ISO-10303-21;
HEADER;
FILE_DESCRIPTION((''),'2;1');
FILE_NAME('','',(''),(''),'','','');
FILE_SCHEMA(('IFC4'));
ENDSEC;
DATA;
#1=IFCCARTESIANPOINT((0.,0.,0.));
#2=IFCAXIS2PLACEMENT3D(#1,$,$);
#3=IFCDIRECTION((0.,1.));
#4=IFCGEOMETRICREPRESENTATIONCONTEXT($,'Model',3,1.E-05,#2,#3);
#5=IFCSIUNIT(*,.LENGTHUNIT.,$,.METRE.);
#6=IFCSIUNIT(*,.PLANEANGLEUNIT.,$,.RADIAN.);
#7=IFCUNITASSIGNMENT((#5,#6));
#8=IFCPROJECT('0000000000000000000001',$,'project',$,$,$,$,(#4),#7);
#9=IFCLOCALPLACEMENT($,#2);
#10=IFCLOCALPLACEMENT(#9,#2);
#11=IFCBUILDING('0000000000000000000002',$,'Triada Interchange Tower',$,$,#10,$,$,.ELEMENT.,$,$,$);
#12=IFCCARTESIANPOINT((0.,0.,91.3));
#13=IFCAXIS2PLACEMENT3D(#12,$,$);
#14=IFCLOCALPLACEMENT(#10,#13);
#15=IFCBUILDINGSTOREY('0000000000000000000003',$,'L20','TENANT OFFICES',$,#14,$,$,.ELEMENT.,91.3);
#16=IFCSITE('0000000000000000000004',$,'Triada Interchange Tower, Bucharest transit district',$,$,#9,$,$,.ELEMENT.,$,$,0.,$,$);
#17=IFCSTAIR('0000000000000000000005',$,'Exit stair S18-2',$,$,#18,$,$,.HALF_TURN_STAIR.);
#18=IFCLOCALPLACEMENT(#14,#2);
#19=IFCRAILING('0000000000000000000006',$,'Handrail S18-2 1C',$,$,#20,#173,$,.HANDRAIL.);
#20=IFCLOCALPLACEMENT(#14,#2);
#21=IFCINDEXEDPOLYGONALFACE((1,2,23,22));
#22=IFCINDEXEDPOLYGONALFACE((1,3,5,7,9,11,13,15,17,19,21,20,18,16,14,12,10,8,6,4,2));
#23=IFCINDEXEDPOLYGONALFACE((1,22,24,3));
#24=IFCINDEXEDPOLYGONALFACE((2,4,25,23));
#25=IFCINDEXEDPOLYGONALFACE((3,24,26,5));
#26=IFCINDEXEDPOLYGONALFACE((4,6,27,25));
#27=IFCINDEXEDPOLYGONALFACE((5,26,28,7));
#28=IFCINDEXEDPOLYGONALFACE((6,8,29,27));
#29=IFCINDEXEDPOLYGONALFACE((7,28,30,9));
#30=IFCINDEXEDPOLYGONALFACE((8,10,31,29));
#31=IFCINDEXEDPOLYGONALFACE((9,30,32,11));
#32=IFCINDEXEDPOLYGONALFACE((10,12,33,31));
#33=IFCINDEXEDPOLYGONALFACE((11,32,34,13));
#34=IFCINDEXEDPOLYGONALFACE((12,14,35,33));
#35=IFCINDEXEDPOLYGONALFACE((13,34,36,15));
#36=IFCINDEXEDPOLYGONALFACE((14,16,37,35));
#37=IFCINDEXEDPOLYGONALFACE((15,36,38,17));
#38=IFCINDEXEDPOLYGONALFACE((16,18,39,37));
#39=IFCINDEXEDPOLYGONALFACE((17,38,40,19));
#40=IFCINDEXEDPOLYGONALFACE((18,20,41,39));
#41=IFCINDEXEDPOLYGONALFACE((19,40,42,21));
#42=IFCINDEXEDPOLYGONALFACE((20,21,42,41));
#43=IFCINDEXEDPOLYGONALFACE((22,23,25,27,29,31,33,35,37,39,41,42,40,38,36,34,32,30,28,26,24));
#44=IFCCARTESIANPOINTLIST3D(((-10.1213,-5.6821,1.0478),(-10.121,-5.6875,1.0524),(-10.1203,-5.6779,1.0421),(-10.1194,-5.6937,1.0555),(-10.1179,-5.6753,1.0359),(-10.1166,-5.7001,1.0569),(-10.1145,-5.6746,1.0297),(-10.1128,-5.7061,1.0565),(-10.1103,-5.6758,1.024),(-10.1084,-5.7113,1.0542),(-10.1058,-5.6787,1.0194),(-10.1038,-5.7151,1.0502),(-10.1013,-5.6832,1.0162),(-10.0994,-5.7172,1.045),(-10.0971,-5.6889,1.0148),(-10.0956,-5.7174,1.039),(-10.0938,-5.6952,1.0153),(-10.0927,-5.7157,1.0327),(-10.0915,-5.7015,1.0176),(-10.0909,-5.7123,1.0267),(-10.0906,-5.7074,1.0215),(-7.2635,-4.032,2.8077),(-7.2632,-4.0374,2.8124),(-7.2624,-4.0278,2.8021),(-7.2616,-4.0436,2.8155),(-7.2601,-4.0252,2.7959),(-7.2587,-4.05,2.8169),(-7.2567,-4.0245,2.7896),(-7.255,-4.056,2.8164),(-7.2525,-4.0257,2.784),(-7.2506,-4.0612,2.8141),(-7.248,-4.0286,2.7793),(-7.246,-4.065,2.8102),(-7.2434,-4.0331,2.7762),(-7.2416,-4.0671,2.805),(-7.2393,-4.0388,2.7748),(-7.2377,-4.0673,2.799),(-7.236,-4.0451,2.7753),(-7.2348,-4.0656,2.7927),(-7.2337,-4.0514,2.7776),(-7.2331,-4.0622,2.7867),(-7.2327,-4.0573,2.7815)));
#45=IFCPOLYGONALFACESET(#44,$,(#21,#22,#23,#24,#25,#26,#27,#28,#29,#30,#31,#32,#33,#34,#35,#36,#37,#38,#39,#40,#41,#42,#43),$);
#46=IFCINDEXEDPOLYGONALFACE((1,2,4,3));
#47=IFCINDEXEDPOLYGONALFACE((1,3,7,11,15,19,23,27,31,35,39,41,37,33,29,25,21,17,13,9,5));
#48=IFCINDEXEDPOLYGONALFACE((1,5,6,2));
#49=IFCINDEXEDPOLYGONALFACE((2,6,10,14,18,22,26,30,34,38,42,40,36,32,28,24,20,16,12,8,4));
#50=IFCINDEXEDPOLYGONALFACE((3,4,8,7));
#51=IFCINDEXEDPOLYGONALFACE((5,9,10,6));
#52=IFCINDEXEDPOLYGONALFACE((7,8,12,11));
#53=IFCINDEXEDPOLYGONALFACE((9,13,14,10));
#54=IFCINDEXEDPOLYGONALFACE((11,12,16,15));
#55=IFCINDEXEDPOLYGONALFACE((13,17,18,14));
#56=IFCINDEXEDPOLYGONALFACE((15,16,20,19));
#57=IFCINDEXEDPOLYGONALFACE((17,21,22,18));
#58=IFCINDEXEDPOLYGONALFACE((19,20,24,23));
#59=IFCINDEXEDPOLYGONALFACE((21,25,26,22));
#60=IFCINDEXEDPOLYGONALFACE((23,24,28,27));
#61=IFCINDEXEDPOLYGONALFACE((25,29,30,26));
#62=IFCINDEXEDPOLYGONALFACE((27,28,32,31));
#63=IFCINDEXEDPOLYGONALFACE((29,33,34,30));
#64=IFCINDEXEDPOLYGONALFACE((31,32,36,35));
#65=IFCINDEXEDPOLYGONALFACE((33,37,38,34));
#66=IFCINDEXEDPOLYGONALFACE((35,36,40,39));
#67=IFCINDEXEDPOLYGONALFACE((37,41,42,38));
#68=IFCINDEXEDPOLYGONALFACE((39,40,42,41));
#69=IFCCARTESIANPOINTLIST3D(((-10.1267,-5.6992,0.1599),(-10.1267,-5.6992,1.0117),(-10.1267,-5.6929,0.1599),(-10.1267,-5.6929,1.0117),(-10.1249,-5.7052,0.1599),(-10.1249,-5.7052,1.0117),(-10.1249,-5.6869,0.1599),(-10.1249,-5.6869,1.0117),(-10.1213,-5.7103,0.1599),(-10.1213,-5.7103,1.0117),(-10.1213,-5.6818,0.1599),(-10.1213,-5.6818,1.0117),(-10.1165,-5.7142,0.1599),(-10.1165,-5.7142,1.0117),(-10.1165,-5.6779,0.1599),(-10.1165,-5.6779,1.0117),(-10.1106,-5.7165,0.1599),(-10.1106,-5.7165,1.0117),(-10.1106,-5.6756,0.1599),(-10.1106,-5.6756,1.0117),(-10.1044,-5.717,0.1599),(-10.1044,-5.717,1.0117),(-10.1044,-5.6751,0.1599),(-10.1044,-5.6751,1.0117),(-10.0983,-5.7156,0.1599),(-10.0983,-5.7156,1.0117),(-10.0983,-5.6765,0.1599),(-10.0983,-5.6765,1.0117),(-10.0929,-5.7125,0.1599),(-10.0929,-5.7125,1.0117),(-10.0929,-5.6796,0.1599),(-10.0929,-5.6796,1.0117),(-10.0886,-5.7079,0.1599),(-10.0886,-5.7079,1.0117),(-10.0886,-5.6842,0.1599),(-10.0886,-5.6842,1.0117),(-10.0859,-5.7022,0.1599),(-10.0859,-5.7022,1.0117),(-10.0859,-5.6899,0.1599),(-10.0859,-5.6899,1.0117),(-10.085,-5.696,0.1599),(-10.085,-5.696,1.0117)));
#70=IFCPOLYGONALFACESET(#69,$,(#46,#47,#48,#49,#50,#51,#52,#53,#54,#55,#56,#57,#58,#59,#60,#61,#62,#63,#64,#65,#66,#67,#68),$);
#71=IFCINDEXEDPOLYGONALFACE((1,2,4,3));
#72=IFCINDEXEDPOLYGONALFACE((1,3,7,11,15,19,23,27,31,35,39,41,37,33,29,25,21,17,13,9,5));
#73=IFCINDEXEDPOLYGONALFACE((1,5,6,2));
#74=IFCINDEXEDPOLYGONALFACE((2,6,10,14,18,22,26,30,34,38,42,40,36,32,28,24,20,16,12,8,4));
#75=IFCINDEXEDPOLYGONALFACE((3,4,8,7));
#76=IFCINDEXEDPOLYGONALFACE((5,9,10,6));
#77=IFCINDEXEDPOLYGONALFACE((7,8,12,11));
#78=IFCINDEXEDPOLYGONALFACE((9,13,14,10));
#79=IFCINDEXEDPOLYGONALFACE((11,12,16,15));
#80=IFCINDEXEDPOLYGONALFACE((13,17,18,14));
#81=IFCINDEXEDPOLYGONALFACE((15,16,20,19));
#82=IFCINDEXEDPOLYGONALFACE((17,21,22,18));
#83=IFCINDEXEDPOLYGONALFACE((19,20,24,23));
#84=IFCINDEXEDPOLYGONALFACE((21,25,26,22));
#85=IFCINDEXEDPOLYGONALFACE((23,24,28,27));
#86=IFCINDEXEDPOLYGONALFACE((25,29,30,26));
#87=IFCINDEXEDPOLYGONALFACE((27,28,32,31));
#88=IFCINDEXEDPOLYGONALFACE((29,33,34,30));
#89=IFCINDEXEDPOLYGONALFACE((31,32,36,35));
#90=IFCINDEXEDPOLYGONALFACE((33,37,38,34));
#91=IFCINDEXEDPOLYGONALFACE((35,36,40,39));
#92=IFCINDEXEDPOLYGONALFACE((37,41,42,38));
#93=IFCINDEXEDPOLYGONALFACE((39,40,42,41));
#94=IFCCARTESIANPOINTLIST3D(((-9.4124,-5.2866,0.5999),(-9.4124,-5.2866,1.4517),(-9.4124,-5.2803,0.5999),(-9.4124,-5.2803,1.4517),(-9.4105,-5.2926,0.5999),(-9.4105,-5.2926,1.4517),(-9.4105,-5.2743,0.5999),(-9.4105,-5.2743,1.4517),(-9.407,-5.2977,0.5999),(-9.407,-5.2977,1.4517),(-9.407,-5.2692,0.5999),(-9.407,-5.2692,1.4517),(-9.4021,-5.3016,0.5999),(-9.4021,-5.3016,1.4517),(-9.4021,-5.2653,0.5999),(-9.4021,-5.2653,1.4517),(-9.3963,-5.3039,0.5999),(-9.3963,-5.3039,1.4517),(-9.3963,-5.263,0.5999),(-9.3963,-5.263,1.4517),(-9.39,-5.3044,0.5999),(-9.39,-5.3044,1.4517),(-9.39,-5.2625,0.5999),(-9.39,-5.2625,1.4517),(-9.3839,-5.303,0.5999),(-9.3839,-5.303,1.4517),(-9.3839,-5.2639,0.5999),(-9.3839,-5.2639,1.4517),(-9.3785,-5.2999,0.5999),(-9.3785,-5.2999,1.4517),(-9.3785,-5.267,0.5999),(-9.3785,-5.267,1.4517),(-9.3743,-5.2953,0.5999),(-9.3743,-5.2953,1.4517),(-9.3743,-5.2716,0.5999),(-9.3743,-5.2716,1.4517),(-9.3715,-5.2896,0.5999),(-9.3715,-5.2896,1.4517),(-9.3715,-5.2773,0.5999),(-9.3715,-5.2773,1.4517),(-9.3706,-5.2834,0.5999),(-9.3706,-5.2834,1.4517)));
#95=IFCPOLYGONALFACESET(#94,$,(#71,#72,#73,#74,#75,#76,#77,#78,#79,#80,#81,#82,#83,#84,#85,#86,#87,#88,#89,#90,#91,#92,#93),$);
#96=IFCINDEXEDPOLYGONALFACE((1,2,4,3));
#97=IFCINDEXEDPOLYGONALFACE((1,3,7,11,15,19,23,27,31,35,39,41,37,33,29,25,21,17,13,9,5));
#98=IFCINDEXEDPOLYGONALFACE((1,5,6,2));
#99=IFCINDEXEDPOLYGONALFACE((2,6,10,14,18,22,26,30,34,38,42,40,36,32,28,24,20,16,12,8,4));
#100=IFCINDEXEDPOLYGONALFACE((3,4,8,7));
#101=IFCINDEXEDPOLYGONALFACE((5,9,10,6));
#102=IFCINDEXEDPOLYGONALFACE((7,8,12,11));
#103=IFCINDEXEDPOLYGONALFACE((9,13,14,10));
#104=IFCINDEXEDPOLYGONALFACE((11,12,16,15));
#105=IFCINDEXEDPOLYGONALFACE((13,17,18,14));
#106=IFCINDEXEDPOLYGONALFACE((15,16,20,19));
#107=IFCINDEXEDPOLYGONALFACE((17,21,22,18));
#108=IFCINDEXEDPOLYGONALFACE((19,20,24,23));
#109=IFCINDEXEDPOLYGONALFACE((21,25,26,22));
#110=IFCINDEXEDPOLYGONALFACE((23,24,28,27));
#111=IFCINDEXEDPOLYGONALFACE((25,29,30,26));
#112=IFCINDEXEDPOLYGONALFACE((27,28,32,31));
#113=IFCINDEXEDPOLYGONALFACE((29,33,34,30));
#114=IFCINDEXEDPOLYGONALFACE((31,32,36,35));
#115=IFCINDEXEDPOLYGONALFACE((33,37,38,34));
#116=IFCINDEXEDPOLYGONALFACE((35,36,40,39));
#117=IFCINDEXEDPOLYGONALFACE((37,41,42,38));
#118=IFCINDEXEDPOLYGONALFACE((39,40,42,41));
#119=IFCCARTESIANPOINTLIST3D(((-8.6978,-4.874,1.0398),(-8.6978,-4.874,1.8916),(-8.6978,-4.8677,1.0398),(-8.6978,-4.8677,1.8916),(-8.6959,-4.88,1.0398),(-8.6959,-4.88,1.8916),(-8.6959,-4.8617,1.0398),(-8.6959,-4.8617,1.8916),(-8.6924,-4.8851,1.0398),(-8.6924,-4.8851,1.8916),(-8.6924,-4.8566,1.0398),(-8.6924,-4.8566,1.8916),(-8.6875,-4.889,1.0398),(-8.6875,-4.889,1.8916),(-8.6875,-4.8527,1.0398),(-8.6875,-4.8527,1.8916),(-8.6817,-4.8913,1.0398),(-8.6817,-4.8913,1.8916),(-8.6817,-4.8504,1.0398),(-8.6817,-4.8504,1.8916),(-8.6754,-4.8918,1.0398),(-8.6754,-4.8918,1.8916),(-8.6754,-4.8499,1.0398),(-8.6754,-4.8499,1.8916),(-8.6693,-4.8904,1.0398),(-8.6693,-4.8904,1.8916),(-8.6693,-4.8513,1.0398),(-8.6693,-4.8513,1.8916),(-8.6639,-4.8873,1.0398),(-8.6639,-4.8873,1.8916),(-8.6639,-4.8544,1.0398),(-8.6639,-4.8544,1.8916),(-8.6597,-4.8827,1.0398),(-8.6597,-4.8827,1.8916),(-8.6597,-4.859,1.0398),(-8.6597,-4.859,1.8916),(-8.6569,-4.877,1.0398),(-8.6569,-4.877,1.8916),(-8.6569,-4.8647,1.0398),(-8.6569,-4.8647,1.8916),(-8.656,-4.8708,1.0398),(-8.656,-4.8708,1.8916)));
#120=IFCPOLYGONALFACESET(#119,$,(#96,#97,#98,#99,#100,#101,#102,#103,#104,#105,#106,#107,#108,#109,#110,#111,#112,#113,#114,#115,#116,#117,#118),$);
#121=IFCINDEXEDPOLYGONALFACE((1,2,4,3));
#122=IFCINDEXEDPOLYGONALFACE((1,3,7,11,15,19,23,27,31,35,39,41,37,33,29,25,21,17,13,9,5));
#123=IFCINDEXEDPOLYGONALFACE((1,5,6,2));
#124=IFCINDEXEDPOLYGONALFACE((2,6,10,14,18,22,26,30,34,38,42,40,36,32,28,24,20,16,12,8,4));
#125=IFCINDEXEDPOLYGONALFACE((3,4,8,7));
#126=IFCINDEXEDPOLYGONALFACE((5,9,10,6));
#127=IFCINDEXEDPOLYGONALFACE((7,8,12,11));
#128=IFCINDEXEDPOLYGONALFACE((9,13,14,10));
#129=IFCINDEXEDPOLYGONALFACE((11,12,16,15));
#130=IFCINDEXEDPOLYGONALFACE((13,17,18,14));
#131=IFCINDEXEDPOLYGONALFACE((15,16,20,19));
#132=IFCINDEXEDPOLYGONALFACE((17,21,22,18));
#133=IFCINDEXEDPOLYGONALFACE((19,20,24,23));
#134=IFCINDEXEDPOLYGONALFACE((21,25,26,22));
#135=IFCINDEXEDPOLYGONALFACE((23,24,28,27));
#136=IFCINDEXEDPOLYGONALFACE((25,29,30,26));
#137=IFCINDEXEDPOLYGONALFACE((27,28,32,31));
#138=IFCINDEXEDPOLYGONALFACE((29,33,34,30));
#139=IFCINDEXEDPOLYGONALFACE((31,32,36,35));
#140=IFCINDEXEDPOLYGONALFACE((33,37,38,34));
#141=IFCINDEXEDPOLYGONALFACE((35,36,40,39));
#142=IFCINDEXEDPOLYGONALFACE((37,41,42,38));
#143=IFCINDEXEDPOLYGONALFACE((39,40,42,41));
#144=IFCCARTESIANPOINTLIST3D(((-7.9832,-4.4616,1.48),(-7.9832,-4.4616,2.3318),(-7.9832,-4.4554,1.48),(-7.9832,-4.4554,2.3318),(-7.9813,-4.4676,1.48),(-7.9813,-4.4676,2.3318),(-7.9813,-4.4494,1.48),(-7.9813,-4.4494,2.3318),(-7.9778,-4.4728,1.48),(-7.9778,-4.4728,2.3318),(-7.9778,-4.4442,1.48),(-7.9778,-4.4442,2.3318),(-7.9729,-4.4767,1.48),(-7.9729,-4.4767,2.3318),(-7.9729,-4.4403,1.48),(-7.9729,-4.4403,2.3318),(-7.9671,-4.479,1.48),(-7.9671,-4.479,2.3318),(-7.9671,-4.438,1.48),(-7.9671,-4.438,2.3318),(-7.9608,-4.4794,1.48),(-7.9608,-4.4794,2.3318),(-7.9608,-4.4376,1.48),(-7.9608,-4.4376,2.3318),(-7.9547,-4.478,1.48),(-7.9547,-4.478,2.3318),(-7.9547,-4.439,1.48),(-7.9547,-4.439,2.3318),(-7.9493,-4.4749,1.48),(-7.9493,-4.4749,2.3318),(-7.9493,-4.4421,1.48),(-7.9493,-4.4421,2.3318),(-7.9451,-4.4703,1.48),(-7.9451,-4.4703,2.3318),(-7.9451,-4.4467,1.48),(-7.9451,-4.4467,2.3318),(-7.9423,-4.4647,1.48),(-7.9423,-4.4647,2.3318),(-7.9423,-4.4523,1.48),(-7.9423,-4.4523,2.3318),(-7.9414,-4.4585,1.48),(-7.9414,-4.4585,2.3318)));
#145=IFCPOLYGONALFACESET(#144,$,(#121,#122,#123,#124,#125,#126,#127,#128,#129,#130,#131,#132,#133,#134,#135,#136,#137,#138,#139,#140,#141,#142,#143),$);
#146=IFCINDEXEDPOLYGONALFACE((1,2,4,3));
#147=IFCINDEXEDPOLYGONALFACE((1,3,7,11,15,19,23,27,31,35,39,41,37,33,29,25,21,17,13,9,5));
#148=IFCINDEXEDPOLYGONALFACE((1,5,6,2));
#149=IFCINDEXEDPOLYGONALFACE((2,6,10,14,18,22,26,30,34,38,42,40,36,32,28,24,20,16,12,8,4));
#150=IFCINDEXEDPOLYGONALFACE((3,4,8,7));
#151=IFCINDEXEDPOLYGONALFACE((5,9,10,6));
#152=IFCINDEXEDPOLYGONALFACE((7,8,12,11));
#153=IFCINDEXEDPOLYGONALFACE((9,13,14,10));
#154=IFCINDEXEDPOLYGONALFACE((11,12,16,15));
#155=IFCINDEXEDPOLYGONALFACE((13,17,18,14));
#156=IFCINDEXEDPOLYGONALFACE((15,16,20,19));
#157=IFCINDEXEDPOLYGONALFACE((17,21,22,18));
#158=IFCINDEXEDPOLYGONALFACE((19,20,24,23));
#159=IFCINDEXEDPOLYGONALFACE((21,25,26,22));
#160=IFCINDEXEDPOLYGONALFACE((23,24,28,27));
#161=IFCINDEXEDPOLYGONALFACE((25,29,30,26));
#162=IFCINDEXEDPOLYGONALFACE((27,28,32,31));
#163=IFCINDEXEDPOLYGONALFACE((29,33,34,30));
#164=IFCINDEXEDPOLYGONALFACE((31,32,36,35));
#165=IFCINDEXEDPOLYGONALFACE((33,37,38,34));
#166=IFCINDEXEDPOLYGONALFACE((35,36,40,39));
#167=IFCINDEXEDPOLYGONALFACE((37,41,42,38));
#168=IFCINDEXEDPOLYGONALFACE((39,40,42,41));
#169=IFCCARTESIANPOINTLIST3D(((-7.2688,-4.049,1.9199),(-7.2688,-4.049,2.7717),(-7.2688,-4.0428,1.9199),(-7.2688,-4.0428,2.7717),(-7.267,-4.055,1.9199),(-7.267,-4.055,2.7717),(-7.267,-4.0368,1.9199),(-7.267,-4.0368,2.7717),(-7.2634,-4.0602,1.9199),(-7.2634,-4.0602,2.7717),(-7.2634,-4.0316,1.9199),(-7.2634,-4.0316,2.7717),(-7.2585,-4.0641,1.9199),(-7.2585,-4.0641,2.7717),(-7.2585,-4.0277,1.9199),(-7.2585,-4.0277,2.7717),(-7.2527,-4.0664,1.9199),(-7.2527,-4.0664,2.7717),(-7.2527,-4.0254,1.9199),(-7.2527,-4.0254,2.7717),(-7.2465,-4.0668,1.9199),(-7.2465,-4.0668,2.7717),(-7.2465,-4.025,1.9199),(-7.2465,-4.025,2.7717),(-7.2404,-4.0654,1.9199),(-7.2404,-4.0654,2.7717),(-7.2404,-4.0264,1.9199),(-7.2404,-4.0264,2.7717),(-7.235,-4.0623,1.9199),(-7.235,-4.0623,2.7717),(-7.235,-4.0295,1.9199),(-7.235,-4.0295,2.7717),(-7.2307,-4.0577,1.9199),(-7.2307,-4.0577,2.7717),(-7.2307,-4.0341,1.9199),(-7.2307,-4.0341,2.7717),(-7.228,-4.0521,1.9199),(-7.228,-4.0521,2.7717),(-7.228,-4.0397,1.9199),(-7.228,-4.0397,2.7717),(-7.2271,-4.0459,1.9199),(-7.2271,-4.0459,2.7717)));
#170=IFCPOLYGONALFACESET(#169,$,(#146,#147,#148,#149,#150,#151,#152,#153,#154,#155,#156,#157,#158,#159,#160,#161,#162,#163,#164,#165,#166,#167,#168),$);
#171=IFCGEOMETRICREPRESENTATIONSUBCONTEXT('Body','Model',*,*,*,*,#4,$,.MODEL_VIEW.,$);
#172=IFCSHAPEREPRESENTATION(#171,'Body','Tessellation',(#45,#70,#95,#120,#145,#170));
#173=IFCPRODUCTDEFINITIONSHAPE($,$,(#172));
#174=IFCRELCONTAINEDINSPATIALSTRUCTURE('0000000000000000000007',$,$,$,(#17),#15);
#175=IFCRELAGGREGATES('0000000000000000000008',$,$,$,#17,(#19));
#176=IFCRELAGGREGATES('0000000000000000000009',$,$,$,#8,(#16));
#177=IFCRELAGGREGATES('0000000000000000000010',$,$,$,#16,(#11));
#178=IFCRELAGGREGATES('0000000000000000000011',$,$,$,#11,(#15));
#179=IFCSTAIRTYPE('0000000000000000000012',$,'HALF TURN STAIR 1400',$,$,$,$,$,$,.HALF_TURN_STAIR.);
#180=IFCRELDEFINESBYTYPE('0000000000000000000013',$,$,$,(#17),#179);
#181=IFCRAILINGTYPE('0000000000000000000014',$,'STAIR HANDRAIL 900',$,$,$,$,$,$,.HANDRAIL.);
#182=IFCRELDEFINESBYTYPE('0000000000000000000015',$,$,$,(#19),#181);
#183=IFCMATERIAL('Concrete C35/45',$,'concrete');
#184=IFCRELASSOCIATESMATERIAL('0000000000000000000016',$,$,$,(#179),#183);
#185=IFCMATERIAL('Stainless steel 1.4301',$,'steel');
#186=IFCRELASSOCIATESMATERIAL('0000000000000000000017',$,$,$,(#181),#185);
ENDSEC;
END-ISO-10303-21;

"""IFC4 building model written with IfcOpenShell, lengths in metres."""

from ifc_helpers import new_model, si_unit, direction, frame, origin, origin_2d, place, context, subcontext, project, spatial, circle, extrude, material, type_object, element, aggregate, save


model = new_model("IFC4")

# Units and contexts
model_context = context("Model", 3, precision=1e-05, world=origin(), true_north=direction((0.0, 1.0)))
body_context = subcontext(model_context, "Body", "Model", "MODEL_VIEW")
ifc_project = project(units=[si_unit("LENGTHUNIT", "METRE"), si_unit("PLANEANGLEUNIT", "RADIAN")], contexts=[model_context])

# Site, building, storey
site_placement = place(None, origin())
site = spatial("IfcSite", under=ifc_project, at=site_placement, Name="Triada Interchange Tower, Bucharest transit district", CompositionType="ELEMENT", RefElevation=0.0)
building_placement = place(site_placement, origin())
building = spatial("IfcBuilding", under=site, at=building_placement, Name="Triada Interchange Tower", CompositionType="ELEMENT")
storey_placement = place(building_placement, frame((0.0, 0.0, 91.3)))
storey = spatial("IfcBuildingStorey", under=building, at=storey_placement, Name="L20", Description="TENANT OFFICES", CompositionType="ELEMENT", Elevation=91.3)

# Stair
ifc_material_1 = material(Name="Concrete C35/45", Category="concrete")
stair_type = type_object("IfcStairType", Name="HALF TURN STAIR 1400", PredefinedType="HALF_TURN_STAIR", material=ifc_material_1)
stair_placement = place(storey_placement, origin())
stair = element("IfcStair", 1, at=stair_placement, inside=storey, type_object=stair_type, Name="Exit stair S18-2", PredefinedType="HALF_TURN_STAIR")

# Railing
ifc_material_2 = material(Name="Stainless steel 1.4301", Category="steel")
railing_type = type_object("IfcRailingType", Name="STAIR HANDRAIL 900", PredefinedType="HANDRAIL", material=ifc_material_2)
railing_1_placement = place(storey_placement, frame((-10.106, -5.696, 0.1599)))
railing_1 = element("IfcRailing", 2, at=railing_1_placement, type_object=railing_type, Name="Handrail S18-2 1C", PredefinedType="HANDRAIL", context=body_context, shape_type="SweptSolid", body=[
    extrude(circle(Radius=0.0239, at=origin_2d()), frame((0.0, 0.0, 0.876), z_axis=(0.764129, 0.441205, 0.47058), x_axis=(-0.50003, 0.866008, 0.0)), (0.0, 0.0, 1.0), 3.74),
    extrude(circle(Radius=0.021, at=origin_2d()), origin(), (0.0, 0.0, 1.0), 0.8518),
    extrude(circle(Radius=0.021, at=origin_2d()), frame((0.7144, 0.4126, 0.4399)), (0.0, 0.0, 1.0), 0.8518),
    extrude(circle(Radius=0.021, at=origin_2d()), frame((1.429, 0.8252, 0.8799)), (0.0, 0.0, 1.0), 0.8518),
    extrude(circle(Radius=0.021, at=origin_2d()), frame((2.1436, 1.2375, 1.3201)), (0.0, 0.0, 1.0), 0.8518),
    extrude(circle(Radius=0.021, at=origin_2d()), frame((2.8579, 1.6501, 1.76)), (0.0, 0.0, 1.0), 0.8518),
])
aggregate(stair, [railing_1])

save(model, "model.ifc")
